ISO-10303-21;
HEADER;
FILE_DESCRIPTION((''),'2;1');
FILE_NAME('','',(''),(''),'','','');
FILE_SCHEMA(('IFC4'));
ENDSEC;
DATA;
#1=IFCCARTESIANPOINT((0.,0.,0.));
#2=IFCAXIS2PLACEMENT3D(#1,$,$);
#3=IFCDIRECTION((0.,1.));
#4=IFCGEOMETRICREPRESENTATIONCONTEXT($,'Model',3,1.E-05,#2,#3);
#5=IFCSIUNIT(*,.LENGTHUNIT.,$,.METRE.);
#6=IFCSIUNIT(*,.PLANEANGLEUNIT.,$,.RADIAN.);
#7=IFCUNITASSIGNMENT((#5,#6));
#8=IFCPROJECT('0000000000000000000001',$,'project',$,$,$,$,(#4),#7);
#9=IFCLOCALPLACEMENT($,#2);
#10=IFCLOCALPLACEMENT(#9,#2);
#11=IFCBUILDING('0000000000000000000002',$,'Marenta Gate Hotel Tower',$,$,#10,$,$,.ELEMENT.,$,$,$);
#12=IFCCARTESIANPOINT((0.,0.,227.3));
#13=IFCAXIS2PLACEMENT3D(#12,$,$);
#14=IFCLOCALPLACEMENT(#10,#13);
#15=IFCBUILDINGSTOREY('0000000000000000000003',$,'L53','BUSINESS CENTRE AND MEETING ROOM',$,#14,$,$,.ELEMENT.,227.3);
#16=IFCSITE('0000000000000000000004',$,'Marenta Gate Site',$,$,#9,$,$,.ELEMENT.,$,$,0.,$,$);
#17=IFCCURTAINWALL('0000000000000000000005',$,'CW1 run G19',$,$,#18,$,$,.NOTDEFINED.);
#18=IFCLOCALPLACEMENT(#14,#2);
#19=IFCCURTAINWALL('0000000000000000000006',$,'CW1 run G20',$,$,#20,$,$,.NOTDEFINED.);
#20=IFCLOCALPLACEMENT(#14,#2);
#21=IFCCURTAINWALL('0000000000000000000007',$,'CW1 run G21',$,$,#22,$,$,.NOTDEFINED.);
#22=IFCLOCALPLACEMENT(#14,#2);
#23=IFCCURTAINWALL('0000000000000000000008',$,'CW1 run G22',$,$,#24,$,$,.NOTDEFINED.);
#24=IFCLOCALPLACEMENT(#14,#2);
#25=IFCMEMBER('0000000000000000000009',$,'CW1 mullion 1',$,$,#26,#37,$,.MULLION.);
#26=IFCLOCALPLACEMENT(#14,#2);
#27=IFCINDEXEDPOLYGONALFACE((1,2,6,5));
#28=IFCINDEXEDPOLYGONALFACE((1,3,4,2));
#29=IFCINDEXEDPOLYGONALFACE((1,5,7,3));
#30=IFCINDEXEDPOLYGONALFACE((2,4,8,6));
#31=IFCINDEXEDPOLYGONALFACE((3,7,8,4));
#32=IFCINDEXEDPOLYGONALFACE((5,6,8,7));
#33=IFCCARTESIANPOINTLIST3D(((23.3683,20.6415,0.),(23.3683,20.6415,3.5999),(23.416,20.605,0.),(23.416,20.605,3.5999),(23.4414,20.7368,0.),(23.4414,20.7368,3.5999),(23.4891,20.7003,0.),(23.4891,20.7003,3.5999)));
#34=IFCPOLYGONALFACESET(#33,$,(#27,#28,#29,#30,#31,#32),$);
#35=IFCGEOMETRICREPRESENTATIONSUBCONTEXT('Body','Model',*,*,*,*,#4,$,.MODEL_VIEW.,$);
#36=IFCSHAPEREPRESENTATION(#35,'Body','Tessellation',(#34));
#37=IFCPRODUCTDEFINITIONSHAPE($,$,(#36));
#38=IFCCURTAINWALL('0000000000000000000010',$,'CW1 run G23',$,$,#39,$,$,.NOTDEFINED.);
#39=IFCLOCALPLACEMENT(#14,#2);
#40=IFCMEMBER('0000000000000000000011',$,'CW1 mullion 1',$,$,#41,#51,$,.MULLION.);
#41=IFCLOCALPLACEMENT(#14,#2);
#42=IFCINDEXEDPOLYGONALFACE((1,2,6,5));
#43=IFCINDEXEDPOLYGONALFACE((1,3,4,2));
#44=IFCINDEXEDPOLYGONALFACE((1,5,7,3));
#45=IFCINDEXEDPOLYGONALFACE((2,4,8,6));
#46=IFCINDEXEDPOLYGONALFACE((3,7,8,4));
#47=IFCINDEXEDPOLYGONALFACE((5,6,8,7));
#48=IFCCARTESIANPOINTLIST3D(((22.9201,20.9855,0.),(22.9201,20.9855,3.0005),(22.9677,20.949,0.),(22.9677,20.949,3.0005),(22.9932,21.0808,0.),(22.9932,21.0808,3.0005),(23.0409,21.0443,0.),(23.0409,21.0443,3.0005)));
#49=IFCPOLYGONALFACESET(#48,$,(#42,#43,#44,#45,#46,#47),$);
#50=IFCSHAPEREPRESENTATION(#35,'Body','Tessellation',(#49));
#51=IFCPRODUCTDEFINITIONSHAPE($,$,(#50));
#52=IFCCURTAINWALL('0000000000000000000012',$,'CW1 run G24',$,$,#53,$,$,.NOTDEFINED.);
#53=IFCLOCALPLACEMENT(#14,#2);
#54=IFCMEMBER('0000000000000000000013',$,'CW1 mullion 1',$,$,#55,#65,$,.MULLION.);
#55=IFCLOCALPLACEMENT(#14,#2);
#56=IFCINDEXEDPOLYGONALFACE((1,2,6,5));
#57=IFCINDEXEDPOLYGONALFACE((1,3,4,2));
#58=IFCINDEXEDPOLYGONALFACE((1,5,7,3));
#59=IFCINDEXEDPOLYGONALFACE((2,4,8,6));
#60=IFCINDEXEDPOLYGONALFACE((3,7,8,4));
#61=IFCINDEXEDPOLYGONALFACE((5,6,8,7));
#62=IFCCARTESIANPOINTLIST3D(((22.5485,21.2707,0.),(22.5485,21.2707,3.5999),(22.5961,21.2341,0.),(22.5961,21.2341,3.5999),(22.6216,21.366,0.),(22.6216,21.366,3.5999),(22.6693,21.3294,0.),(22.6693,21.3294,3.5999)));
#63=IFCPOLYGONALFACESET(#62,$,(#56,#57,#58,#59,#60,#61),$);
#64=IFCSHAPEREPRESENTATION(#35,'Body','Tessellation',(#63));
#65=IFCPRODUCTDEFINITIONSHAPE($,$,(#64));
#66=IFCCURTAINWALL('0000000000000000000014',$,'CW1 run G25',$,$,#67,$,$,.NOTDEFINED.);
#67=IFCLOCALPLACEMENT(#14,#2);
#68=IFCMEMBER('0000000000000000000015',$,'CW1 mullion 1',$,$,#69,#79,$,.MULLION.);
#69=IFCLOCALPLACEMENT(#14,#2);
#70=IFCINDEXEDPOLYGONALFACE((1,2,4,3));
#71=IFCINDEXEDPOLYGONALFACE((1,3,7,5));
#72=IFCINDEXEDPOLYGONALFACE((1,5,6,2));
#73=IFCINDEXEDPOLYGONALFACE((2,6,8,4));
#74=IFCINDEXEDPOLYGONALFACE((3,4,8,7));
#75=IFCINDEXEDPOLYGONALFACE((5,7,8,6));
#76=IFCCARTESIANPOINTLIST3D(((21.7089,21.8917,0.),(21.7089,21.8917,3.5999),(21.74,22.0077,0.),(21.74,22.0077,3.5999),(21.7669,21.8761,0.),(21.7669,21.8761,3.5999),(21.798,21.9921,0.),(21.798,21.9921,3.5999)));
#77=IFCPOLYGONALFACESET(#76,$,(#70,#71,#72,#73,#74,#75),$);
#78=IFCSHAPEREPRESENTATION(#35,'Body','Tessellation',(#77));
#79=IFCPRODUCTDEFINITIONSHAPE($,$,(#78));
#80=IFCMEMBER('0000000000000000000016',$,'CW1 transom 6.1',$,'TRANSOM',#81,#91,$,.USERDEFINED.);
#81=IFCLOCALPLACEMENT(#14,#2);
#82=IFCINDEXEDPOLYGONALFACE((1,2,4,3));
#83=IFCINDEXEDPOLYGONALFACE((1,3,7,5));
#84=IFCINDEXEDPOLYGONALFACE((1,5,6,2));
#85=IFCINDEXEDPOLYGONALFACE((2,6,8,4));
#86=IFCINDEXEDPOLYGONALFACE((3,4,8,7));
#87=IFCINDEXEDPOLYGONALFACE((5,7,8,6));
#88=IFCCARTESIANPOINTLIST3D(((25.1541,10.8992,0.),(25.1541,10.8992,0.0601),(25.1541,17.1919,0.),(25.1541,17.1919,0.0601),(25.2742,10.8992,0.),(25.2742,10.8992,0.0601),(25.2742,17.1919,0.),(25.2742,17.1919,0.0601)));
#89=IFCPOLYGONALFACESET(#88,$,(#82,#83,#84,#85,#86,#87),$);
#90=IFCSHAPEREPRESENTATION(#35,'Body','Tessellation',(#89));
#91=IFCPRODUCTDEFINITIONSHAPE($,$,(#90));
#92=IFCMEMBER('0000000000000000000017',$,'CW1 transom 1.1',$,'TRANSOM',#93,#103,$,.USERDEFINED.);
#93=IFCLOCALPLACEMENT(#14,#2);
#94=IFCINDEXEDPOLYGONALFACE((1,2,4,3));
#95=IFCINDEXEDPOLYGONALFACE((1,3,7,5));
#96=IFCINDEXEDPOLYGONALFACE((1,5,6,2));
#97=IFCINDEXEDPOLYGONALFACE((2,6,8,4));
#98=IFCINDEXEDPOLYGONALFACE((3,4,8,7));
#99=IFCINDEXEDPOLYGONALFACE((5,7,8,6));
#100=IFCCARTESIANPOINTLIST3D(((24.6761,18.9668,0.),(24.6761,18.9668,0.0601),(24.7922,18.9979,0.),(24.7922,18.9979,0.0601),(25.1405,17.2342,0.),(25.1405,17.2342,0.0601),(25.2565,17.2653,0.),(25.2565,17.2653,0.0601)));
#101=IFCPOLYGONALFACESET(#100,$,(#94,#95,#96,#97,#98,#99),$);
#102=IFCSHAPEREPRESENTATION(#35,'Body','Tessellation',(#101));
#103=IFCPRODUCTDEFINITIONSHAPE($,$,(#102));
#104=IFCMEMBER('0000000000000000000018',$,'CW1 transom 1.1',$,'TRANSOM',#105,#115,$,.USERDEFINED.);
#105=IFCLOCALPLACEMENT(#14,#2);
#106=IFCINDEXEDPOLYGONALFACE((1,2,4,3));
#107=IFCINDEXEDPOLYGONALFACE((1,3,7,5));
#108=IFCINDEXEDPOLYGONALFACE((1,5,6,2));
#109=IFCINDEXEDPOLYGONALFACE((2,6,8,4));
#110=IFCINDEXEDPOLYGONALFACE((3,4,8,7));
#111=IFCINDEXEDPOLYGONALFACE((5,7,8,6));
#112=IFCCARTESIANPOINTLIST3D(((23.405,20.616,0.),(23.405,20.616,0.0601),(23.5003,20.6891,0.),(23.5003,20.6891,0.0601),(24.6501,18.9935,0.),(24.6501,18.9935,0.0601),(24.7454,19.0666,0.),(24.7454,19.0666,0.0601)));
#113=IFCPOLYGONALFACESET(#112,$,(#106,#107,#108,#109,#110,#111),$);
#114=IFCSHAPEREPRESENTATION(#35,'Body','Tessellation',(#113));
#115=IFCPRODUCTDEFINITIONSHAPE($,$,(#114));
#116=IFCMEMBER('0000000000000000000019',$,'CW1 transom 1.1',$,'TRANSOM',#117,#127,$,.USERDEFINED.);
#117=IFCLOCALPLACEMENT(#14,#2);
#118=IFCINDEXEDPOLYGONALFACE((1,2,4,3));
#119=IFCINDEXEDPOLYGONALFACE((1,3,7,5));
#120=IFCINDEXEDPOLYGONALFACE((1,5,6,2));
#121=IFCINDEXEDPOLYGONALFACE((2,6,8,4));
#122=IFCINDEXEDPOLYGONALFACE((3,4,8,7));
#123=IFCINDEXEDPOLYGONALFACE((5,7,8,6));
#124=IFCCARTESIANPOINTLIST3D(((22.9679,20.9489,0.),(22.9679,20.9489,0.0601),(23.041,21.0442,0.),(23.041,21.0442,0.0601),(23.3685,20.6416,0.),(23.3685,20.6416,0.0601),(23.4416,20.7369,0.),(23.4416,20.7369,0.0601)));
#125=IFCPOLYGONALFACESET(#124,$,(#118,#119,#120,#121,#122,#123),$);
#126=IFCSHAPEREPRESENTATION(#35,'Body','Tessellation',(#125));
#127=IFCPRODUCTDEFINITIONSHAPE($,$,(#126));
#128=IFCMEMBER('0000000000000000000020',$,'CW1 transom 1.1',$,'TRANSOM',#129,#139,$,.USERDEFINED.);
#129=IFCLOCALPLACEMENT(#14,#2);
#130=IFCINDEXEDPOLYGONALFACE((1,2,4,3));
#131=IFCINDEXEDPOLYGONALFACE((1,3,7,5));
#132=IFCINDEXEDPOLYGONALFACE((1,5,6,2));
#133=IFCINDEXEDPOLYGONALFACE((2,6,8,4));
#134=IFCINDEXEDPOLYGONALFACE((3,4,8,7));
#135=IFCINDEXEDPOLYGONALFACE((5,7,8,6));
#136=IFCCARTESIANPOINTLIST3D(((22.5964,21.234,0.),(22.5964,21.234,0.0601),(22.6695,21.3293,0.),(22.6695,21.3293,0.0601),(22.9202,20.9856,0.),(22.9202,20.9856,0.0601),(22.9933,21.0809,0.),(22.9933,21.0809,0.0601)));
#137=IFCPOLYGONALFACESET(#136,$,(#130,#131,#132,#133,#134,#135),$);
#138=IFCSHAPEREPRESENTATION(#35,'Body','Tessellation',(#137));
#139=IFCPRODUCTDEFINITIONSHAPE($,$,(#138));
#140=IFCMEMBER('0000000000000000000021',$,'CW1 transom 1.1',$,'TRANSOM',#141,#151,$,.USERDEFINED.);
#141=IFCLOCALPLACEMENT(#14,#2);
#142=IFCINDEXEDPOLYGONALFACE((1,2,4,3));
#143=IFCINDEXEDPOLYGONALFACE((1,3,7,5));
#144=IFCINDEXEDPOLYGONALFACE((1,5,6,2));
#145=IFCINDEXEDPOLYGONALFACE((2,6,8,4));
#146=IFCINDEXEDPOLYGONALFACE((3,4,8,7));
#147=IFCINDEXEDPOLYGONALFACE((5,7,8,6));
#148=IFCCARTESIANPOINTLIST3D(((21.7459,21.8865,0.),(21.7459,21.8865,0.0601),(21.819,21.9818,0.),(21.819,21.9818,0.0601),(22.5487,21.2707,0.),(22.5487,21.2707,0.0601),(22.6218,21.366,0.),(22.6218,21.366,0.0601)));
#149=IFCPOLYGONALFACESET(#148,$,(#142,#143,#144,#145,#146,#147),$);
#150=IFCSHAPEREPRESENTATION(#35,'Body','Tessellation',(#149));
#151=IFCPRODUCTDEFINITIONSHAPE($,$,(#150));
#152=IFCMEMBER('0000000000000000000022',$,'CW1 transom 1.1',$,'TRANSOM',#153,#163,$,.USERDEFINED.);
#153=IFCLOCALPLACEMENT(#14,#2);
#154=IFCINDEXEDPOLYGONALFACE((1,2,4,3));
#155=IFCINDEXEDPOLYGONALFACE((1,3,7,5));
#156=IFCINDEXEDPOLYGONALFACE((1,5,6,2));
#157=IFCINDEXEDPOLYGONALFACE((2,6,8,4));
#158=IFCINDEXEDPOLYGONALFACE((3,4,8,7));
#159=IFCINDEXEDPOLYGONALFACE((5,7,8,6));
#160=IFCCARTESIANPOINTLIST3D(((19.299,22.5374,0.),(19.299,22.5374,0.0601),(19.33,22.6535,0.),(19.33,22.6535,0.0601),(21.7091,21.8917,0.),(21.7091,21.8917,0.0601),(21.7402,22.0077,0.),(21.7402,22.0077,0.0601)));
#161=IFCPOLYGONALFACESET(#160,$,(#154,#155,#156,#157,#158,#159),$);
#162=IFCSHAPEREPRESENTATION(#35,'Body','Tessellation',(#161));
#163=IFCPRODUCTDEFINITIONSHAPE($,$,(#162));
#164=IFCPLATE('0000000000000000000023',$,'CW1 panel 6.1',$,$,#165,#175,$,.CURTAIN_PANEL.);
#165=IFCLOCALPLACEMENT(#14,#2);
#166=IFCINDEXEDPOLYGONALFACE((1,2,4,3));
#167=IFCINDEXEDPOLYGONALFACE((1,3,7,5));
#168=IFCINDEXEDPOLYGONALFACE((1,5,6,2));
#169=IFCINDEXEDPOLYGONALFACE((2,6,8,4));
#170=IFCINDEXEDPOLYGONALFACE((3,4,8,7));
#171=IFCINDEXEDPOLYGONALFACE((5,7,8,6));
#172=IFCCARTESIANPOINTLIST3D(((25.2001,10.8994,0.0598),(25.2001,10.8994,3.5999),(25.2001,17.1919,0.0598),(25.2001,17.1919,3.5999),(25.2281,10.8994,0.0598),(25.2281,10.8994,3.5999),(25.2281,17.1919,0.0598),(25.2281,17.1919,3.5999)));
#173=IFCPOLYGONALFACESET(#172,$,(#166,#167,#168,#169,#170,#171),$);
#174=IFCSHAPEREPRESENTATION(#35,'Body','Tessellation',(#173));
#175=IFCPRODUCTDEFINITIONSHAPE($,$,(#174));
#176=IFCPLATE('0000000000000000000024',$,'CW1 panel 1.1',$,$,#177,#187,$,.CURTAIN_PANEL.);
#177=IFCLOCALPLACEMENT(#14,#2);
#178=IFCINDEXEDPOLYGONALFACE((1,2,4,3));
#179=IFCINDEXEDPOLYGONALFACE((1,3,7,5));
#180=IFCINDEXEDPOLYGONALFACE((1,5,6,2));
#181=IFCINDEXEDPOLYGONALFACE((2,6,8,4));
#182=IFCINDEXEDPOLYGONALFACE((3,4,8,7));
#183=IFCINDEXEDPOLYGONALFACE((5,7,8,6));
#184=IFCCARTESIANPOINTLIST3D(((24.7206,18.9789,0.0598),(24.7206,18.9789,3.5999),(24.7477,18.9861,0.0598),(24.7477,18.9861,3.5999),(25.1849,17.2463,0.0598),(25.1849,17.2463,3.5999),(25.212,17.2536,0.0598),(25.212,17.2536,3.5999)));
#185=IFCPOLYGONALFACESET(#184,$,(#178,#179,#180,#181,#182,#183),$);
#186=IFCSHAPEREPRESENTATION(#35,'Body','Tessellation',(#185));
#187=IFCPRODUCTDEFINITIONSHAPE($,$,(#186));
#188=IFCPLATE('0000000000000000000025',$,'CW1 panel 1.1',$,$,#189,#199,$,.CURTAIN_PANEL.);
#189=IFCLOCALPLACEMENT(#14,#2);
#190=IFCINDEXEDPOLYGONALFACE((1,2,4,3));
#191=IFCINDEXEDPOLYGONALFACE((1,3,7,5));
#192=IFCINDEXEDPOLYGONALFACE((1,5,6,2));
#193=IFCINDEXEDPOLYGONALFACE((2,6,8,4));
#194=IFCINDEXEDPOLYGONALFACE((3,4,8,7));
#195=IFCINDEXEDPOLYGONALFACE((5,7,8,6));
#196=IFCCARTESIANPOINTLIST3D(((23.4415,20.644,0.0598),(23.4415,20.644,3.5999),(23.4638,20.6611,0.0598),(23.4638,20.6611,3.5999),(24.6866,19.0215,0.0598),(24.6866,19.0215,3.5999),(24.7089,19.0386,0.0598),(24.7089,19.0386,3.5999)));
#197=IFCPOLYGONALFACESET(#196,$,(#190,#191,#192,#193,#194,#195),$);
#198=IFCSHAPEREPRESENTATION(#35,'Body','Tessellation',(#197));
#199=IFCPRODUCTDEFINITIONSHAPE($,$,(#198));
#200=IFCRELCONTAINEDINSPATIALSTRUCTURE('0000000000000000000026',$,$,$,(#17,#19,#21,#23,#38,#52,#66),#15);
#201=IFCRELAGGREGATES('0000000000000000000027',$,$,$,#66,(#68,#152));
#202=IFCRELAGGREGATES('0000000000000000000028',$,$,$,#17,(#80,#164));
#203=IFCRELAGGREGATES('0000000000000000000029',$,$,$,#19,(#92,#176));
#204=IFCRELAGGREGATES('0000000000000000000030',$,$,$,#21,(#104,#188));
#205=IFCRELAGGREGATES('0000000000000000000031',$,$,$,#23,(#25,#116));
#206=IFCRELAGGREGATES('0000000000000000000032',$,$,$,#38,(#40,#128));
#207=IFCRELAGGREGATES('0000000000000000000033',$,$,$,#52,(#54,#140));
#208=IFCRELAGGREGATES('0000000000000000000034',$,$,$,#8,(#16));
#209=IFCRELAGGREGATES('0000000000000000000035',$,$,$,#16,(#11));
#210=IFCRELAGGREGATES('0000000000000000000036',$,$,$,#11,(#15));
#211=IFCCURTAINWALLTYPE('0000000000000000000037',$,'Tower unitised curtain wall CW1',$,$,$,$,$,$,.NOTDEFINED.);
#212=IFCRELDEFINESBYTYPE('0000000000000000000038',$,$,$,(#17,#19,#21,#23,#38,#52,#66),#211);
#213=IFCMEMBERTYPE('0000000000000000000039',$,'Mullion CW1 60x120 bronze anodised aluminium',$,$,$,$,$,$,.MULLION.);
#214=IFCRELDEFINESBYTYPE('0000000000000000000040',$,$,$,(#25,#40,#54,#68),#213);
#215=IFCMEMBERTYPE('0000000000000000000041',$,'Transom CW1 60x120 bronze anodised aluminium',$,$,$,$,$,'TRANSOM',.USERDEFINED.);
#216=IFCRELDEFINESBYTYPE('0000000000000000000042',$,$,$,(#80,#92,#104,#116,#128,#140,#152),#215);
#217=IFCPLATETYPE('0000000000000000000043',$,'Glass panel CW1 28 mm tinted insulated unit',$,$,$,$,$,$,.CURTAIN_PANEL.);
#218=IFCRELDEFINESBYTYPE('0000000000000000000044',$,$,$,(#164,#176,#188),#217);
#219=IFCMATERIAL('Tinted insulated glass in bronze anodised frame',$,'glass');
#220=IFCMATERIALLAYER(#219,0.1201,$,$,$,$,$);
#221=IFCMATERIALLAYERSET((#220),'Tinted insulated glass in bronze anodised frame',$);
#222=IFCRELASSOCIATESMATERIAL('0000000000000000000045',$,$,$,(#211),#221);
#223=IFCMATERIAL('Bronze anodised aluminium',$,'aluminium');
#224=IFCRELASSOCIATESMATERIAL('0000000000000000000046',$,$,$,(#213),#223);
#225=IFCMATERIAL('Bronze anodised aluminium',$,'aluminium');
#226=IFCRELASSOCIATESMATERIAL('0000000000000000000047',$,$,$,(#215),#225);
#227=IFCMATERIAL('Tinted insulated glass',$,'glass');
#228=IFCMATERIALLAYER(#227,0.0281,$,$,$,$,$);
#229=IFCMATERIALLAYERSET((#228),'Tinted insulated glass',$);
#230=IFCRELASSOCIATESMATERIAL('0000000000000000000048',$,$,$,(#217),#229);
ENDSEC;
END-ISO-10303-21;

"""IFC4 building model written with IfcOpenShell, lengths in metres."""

from ifc_helpers import new_model, si_unit, direction, frame, origin, origin_2d, place, context, subcontext, project, spatial, rectangle, extrude, material, layer, layer_set, material_profile, profile_set, type_object, element, aggregate, save


model = new_model("IFC4")

# Units and contexts
model_context = context("Model", 3, precision=1e-05, world=origin(), true_north=direction((0.0, 1.0)))
body_context = subcontext(model_context, "Body", "Model", "MODEL_VIEW")
ifc_project = project(units=[si_unit("LENGTHUNIT", "METRE"), si_unit("PLANEANGLEUNIT", "RADIAN")], contexts=[model_context])

# Site, building, storey
site_placement = place(None, origin())
site = spatial("IfcSite", under=ifc_project, at=site_placement, Name="Marenta Gate Site", CompositionType="ELEMENT", RefElevation=0.0)
building_placement = place(site_placement, origin())
building = spatial("IfcBuilding", under=site, at=building_placement, Name="Marenta Gate Hotel Tower", CompositionType="ELEMENT")
storey_placement = place(building_placement, frame((0.0, 0.0, 227.3)))
storey = spatial("IfcBuildingStorey", under=building, at=storey_placement, Name="L53", Description="BUSINESS CENTRE AND MEETING ROOM", CompositionType="ELEMENT", Elevation=227.3)

# Curtain walls, members
ifc_material_1 = material(Name="Tinted insulated glass in bronze anodised frame", Category="glass")
ifc_layer_1 = layer(ifc_material_1, 0.1201)
ifc_layer_set_1 = layer_set([ifc_layer_1], Name="Tinted insulated glass in bronze anodised frame")
curtain_wall_type = type_object("IfcCurtainWallType", Name="Tower unitised curtain wall CW1", PredefinedType="NOTDEFINED", material=ifc_layer_set_1)
curtain_wall_1_placement = place(storey_placement, origin())
curtain_wall_1 = element("IfcCurtainWall", 1, at=curtain_wall_1_placement, inside=storey, type_object=curtain_wall_type, Name="CW1 run G19", PredefinedType="NOTDEFINED")
ifc_material_2 = material(Name="Bronze anodised aluminium", Category="aluminium")
ifc_material_profile_1 = material_profile(ifc_material_2, rectangle(XDim=0.1201, YDim=0.0601, at=origin_2d()), Name="Mullion CW1 60x120 bronze anodised aluminium")
ifc_profile_set_1 = profile_set([ifc_material_profile_1], Name="Bronze anodised aluminium")
member_type_1 = type_object("IfcMemberType", Name="Mullion CW1 60x120 bronze anodised aluminium", PredefinedType="MULLION", material=ifc_profile_set_1)
curtain_wall_2_placement = place(storey_placement, origin())
curtain_wall_2 = element("IfcCurtainWall", 2, at=curtain_wall_2_placement, inside=storey, type_object=curtain_wall_type, Name="CW1 run G20", PredefinedType="NOTDEFINED")
curtain_wall_3_placement = place(storey_placement, origin())
curtain_wall_3 = element("IfcCurtainWall", 3, at=curtain_wall_3_placement, inside=storey, type_object=curtain_wall_type, Name="CW1 run G21", PredefinedType="NOTDEFINED")
curtain_wall_4_placement = place(storey_placement, origin())
curtain_wall_4 = element("IfcCurtainWall", 4, at=curtain_wall_4_placement, inside=storey, type_object=curtain_wall_type, Name="CW1 run G22", PredefinedType="NOTDEFINED")
member_1_placement = place(storey_placement, frame((23.4287, 20.6709, 0.0), z_axis=(0.0, 0.0, 1.0), x_axis=(-0.60877, -0.793347, 0.0)))
member_1 = element("IfcMember", 5, at=member_1_placement, type_object=member_type_1, Name="CW1 mullion 1", PredefinedType="MULLION", context=body_context, shape_type="SweptSolid", body=[
    extrude(rectangle(XDim=0.1201, YDim=0.0601, at=origin_2d()), origin(), (0.0, 0.0, 1.0), 3.5999),
])
curtain_wall_5_placement = place(storey_placement, origin())
curtain_wall_5 = element("IfcCurtainWall", 6, at=curtain_wall_5_placement, inside=storey, type_object=curtain_wall_type, Name="CW1 run G23", PredefinedType="NOTDEFINED")
member_2_placement = place(storey_placement, frame((22.9805, 21.0149, 0.0), z_axis=(0.0, 0.0, 1.0), x_axis=(-0.608844, -0.79329, 0.0)))
member_2 = element("IfcMember", 7, at=member_2_placement, type_object=member_type_1, Name="CW1 mullion 1", PredefinedType="MULLION", context=body_context, shape_type="SweptSolid", body=[
    extrude(rectangle(XDim=0.1201, YDim=0.0601, at=origin_2d()), origin(), (0.0, 0.0, 1.0), 3.0005),
])
curtain_wall_6_placement = place(storey_placement, origin())
curtain_wall_6 = element("IfcCurtainWall", 8, at=curtain_wall_6_placement, inside=storey, type_object=curtain_wall_type, Name="CW1 run G24", PredefinedType="NOTDEFINED")
member_3_placement = place(storey_placement, frame((22.6089, 21.3, 0.0), z_axis=(0.0, 0.0, 1.0), x_axis=(-0.608772, -0.793345, 0.0)))
member_3 = element("IfcMember", 9, at=member_3_placement, type_object=member_type_1, Name="CW1 mullion 1", PredefinedType="MULLION", context=body_context, shape_type="SweptSolid", body=[
    extrude(rectangle(XDim=0.1201, YDim=0.0601, at=origin_2d()), origin(), (0.0, 0.0, 1.0), 3.5999),
])
curtain_wall_7_placement = place(storey_placement, origin())
curtain_wall_7 = element("IfcCurtainWall", 10, at=curtain_wall_7_placement, inside=storey, type_object=curtain_wall_type, Name="CW1 run G25", PredefinedType="NOTDEFINED")
member_4_placement = place(storey_placement, frame((21.7534, 21.9419, 0.0), z_axis=(0.0, 0.0, 1.0), x_axis=(-0.258805, -0.96593, 0.0)))
member_4 = element("IfcMember", 11, at=member_4_placement, type_object=member_type_1, Name="CW1 mullion 1", PredefinedType="MULLION", context=body_context, shape_type="SweptSolid", body=[
    extrude(rectangle(XDim=0.1201, YDim=0.0601, at=origin_2d()), origin(), (0.0, 0.0, 1.0), 3.5999),
])

# Members
ifc_material_3 = material(Name="Bronze anodised aluminium", Category="aluminium")
ifc_material_profile_2 = material_profile(ifc_material_3, rectangle(XDim=0.1201, YDim=0.0601, at=origin_2d()), Name="Transom CW1 60x120 bronze anodised aluminium")
ifc_profile_set_2 = profile_set([ifc_material_profile_2], Name="Bronze anodised aluminium")
member_type_2 = type_object("IfcMemberType", Name="Transom CW1 60x120 bronze anodised aluminium", ElementType="TRANSOM", PredefinedType="USERDEFINED", material=ifc_profile_set_2)
member_5_placement = place(storey_placement, frame((25.2141, 10.8992, 0.03), z_axis=(0.0, 1.0, 0.0), x_axis=(-1.0, 0.0, 0.0)))
member_5 = element("IfcMember", 12, at=member_5_placement, type_object=member_type_2, Name="CW1 transom 6.1", ObjectType="TRANSOM", PredefinedType="USERDEFINED", context=body_context, shape_type="SweptSolid", body=[
    extrude(rectangle(XDim=0.1201, YDim=0.0601, at=origin_2d()), origin(), (0.0, 0.0, 1.0), 6.2927),
])
member_6_placement = place(storey_placement, frame((25.1985, 17.2498, 0.03), z_axis=(-0.258865, 0.965913, 0.0), x_axis=(-0.965913, -0.258865, 0.0)))
member_6 = element("IfcMember", 13, at=member_6_placement, type_object=member_type_2, Name="CW1 transom 1.1", ObjectType="TRANSOM", PredefinedType="USERDEFINED", context=body_context, shape_type="SweptSolid", body=[
    extrude(rectangle(XDim=0.1201, YDim=0.0601, at=origin_2d()), origin(), (0.0, 0.0, 1.0), 1.7937),
])
member_7_placement = place(storey_placement, frame((24.6978, 19.03, 0.03), z_axis=(-0.608787, 0.793333, 0.0), x_axis=(-0.793333, -0.608787, 0.0)))
member_7 = element("IfcMember", 14, at=member_7_placement, type_object=member_type_2, Name="CW1 transom 1.1", ObjectType="TRANSOM", PredefinedType="USERDEFINED", context=body_context, shape_type="SweptSolid", body=[
    extrude(rectangle(XDim=0.1201, YDim=0.0601, at=origin_2d()), origin(), (0.0, 0.0, 1.0), 2.0452),
])
member_8_placement = place(storey_placement, frame((23.405, 20.6892, 0.03), z_axis=(-0.793396, 0.608706, 0.0), x_axis=(-0.608706, -0.793396, 0.0)))
member_8 = element("IfcMember", 15, at=member_8_placement, type_object=member_type_2, Name="CW1 transom 1.1", ObjectType="TRANSOM", PredefinedType="USERDEFINED", context=body_context, shape_type="SweptSolid", body=[
    extrude(rectangle(XDim=0.1201, YDim=0.0601, at=origin_2d()), origin(), (0.0, 0.0, 1.0), 0.5049),
])
member_9_placement = place(storey_placement, frame((22.9568, 21.0332, 0.03), z_axis=(-0.793423, 0.60867, 0.0), x_axis=(-0.60867, -0.793423, 0.0)))
member_9 = element("IfcMember", 16, at=member_9_placement, type_object=member_type_2, Name="CW1 transom 1.1", ObjectType="TRANSOM", PredefinedType="USERDEFINED", context=body_context, shape_type="SweptSolid", body=[
    extrude(rectangle(XDim=0.1201, YDim=0.0601, at=origin_2d()), origin(), (0.0, 0.0, 1.0), 0.4082),
])
member_10_placement = place(storey_placement, frame((22.5852, 21.3184, 0.03), z_axis=(-0.793467, 0.608614, 0.0), x_axis=(-0.608614, -0.793467, 0.0)))
member_10 = element("IfcMember", 17, at=member_10_placement, type_object=member_type_2, Name="CW1 transom 1.1", ObjectType="TRANSOM", PredefinedType="USERDEFINED", context=body_context, shape_type="SweptSolid", body=[
    extrude(rectangle(XDim=0.1201, YDim=0.0601, at=origin_2d()), origin(), (0.0, 0.0, 1.0), 1.0117),
])
member_11_placement = place(storey_placement, frame((21.7246, 21.9497, 0.03), z_axis=(-0.965931, 0.258801, 0.0), x_axis=(-0.258801, -0.965931, 0.0)))
member_11 = element("IfcMember", 18, at=member_11_placement, type_object=member_type_2, Name="CW1 transom 1.1", ObjectType="TRANSOM", PredefinedType="USERDEFINED", context=body_context, shape_type="SweptSolid", body=[
    extrude(rectangle(XDim=0.1201, YDim=0.0601, at=origin_2d()), origin(), (0.0, 0.0, 1.0), 2.4951),
])
aggregate(curtain_wall_7, [member_4, member_11])

# Plates
ifc_material_4 = material(Name="Tinted insulated glass", Category="glass")
ifc_layer_2 = layer(ifc_material_4, 0.0281)
ifc_layer_set_2 = layer_set([ifc_layer_2], Name="Tinted insulated glass")
plate_type = type_object("IfcPlateType", Name="Glass panel CW1 28 mm tinted insulated unit", PredefinedType="CURTAIN_PANEL", material=ifc_layer_set_2)
plate_1_placement = place(storey_placement, frame((25.2141, 14.0457, 0.0598), z_axis=(0.0, 0.0, 1.0), x_axis=(0.0, 1.0, 0.0)))
plate_1 = element("IfcPlate", 19, at=plate_1_placement, type_object=plate_type, Name="CW1 panel 6.1", PredefinedType="CURTAIN_PANEL", context=body_context, shape_type="SweptSolid", body=[
    extrude(rectangle(XDim=6.2925, YDim=0.0281, at=origin_2d()), origin(), (0.0, 0.0, 1.0), 3.54),
])
aggregate(curtain_wall_1, [member_5, plate_1])
plate_2_placement = place(storey_placement, frame((24.9663, 18.1162, 0.0598), z_axis=(0.0, 0.0, 1.0), x_axis=(-0.258824, 0.965924, 0.0)))
plate_2 = element("IfcPlate", 20, at=plate_2_placement, type_object=plate_type, Name="CW1 panel 1.1", PredefinedType="CURTAIN_PANEL", context=body_context, shape_type="SweptSolid", body=[
    extrude(rectangle(XDim=1.7937, YDim=0.0281, at=origin_2d()), origin(), (0.0, 0.0, 1.0), 3.54),
])
aggregate(curtain_wall_2, [member_6, plate_2])
plate_3_placement = place(storey_placement, frame((24.0752, 19.8413, 0.0598), z_axis=(0.0, 0.0, 1.0), x_axis=(-0.608787, 0.793333, 0.0)))
plate_3 = element("IfcPlate", 21, at=plate_3_placement, type_object=plate_type, Name="CW1 panel 1.1", PredefinedType="CURTAIN_PANEL", context=body_context, shape_type="SweptSolid", body=[
    extrude(rectangle(XDim=2.0452, YDim=0.0281, at=origin_2d()), origin(), (0.0, 0.0, 1.0), 3.54),
])
aggregate(curtain_wall_3, [member_7, plate_3])
aggregate(curtain_wall_4, [member_1, member_8])
aggregate(curtain_wall_5, [member_2, member_9])
aggregate(curtain_wall_6, [member_3, member_10])

save(model, "model.ifc")
